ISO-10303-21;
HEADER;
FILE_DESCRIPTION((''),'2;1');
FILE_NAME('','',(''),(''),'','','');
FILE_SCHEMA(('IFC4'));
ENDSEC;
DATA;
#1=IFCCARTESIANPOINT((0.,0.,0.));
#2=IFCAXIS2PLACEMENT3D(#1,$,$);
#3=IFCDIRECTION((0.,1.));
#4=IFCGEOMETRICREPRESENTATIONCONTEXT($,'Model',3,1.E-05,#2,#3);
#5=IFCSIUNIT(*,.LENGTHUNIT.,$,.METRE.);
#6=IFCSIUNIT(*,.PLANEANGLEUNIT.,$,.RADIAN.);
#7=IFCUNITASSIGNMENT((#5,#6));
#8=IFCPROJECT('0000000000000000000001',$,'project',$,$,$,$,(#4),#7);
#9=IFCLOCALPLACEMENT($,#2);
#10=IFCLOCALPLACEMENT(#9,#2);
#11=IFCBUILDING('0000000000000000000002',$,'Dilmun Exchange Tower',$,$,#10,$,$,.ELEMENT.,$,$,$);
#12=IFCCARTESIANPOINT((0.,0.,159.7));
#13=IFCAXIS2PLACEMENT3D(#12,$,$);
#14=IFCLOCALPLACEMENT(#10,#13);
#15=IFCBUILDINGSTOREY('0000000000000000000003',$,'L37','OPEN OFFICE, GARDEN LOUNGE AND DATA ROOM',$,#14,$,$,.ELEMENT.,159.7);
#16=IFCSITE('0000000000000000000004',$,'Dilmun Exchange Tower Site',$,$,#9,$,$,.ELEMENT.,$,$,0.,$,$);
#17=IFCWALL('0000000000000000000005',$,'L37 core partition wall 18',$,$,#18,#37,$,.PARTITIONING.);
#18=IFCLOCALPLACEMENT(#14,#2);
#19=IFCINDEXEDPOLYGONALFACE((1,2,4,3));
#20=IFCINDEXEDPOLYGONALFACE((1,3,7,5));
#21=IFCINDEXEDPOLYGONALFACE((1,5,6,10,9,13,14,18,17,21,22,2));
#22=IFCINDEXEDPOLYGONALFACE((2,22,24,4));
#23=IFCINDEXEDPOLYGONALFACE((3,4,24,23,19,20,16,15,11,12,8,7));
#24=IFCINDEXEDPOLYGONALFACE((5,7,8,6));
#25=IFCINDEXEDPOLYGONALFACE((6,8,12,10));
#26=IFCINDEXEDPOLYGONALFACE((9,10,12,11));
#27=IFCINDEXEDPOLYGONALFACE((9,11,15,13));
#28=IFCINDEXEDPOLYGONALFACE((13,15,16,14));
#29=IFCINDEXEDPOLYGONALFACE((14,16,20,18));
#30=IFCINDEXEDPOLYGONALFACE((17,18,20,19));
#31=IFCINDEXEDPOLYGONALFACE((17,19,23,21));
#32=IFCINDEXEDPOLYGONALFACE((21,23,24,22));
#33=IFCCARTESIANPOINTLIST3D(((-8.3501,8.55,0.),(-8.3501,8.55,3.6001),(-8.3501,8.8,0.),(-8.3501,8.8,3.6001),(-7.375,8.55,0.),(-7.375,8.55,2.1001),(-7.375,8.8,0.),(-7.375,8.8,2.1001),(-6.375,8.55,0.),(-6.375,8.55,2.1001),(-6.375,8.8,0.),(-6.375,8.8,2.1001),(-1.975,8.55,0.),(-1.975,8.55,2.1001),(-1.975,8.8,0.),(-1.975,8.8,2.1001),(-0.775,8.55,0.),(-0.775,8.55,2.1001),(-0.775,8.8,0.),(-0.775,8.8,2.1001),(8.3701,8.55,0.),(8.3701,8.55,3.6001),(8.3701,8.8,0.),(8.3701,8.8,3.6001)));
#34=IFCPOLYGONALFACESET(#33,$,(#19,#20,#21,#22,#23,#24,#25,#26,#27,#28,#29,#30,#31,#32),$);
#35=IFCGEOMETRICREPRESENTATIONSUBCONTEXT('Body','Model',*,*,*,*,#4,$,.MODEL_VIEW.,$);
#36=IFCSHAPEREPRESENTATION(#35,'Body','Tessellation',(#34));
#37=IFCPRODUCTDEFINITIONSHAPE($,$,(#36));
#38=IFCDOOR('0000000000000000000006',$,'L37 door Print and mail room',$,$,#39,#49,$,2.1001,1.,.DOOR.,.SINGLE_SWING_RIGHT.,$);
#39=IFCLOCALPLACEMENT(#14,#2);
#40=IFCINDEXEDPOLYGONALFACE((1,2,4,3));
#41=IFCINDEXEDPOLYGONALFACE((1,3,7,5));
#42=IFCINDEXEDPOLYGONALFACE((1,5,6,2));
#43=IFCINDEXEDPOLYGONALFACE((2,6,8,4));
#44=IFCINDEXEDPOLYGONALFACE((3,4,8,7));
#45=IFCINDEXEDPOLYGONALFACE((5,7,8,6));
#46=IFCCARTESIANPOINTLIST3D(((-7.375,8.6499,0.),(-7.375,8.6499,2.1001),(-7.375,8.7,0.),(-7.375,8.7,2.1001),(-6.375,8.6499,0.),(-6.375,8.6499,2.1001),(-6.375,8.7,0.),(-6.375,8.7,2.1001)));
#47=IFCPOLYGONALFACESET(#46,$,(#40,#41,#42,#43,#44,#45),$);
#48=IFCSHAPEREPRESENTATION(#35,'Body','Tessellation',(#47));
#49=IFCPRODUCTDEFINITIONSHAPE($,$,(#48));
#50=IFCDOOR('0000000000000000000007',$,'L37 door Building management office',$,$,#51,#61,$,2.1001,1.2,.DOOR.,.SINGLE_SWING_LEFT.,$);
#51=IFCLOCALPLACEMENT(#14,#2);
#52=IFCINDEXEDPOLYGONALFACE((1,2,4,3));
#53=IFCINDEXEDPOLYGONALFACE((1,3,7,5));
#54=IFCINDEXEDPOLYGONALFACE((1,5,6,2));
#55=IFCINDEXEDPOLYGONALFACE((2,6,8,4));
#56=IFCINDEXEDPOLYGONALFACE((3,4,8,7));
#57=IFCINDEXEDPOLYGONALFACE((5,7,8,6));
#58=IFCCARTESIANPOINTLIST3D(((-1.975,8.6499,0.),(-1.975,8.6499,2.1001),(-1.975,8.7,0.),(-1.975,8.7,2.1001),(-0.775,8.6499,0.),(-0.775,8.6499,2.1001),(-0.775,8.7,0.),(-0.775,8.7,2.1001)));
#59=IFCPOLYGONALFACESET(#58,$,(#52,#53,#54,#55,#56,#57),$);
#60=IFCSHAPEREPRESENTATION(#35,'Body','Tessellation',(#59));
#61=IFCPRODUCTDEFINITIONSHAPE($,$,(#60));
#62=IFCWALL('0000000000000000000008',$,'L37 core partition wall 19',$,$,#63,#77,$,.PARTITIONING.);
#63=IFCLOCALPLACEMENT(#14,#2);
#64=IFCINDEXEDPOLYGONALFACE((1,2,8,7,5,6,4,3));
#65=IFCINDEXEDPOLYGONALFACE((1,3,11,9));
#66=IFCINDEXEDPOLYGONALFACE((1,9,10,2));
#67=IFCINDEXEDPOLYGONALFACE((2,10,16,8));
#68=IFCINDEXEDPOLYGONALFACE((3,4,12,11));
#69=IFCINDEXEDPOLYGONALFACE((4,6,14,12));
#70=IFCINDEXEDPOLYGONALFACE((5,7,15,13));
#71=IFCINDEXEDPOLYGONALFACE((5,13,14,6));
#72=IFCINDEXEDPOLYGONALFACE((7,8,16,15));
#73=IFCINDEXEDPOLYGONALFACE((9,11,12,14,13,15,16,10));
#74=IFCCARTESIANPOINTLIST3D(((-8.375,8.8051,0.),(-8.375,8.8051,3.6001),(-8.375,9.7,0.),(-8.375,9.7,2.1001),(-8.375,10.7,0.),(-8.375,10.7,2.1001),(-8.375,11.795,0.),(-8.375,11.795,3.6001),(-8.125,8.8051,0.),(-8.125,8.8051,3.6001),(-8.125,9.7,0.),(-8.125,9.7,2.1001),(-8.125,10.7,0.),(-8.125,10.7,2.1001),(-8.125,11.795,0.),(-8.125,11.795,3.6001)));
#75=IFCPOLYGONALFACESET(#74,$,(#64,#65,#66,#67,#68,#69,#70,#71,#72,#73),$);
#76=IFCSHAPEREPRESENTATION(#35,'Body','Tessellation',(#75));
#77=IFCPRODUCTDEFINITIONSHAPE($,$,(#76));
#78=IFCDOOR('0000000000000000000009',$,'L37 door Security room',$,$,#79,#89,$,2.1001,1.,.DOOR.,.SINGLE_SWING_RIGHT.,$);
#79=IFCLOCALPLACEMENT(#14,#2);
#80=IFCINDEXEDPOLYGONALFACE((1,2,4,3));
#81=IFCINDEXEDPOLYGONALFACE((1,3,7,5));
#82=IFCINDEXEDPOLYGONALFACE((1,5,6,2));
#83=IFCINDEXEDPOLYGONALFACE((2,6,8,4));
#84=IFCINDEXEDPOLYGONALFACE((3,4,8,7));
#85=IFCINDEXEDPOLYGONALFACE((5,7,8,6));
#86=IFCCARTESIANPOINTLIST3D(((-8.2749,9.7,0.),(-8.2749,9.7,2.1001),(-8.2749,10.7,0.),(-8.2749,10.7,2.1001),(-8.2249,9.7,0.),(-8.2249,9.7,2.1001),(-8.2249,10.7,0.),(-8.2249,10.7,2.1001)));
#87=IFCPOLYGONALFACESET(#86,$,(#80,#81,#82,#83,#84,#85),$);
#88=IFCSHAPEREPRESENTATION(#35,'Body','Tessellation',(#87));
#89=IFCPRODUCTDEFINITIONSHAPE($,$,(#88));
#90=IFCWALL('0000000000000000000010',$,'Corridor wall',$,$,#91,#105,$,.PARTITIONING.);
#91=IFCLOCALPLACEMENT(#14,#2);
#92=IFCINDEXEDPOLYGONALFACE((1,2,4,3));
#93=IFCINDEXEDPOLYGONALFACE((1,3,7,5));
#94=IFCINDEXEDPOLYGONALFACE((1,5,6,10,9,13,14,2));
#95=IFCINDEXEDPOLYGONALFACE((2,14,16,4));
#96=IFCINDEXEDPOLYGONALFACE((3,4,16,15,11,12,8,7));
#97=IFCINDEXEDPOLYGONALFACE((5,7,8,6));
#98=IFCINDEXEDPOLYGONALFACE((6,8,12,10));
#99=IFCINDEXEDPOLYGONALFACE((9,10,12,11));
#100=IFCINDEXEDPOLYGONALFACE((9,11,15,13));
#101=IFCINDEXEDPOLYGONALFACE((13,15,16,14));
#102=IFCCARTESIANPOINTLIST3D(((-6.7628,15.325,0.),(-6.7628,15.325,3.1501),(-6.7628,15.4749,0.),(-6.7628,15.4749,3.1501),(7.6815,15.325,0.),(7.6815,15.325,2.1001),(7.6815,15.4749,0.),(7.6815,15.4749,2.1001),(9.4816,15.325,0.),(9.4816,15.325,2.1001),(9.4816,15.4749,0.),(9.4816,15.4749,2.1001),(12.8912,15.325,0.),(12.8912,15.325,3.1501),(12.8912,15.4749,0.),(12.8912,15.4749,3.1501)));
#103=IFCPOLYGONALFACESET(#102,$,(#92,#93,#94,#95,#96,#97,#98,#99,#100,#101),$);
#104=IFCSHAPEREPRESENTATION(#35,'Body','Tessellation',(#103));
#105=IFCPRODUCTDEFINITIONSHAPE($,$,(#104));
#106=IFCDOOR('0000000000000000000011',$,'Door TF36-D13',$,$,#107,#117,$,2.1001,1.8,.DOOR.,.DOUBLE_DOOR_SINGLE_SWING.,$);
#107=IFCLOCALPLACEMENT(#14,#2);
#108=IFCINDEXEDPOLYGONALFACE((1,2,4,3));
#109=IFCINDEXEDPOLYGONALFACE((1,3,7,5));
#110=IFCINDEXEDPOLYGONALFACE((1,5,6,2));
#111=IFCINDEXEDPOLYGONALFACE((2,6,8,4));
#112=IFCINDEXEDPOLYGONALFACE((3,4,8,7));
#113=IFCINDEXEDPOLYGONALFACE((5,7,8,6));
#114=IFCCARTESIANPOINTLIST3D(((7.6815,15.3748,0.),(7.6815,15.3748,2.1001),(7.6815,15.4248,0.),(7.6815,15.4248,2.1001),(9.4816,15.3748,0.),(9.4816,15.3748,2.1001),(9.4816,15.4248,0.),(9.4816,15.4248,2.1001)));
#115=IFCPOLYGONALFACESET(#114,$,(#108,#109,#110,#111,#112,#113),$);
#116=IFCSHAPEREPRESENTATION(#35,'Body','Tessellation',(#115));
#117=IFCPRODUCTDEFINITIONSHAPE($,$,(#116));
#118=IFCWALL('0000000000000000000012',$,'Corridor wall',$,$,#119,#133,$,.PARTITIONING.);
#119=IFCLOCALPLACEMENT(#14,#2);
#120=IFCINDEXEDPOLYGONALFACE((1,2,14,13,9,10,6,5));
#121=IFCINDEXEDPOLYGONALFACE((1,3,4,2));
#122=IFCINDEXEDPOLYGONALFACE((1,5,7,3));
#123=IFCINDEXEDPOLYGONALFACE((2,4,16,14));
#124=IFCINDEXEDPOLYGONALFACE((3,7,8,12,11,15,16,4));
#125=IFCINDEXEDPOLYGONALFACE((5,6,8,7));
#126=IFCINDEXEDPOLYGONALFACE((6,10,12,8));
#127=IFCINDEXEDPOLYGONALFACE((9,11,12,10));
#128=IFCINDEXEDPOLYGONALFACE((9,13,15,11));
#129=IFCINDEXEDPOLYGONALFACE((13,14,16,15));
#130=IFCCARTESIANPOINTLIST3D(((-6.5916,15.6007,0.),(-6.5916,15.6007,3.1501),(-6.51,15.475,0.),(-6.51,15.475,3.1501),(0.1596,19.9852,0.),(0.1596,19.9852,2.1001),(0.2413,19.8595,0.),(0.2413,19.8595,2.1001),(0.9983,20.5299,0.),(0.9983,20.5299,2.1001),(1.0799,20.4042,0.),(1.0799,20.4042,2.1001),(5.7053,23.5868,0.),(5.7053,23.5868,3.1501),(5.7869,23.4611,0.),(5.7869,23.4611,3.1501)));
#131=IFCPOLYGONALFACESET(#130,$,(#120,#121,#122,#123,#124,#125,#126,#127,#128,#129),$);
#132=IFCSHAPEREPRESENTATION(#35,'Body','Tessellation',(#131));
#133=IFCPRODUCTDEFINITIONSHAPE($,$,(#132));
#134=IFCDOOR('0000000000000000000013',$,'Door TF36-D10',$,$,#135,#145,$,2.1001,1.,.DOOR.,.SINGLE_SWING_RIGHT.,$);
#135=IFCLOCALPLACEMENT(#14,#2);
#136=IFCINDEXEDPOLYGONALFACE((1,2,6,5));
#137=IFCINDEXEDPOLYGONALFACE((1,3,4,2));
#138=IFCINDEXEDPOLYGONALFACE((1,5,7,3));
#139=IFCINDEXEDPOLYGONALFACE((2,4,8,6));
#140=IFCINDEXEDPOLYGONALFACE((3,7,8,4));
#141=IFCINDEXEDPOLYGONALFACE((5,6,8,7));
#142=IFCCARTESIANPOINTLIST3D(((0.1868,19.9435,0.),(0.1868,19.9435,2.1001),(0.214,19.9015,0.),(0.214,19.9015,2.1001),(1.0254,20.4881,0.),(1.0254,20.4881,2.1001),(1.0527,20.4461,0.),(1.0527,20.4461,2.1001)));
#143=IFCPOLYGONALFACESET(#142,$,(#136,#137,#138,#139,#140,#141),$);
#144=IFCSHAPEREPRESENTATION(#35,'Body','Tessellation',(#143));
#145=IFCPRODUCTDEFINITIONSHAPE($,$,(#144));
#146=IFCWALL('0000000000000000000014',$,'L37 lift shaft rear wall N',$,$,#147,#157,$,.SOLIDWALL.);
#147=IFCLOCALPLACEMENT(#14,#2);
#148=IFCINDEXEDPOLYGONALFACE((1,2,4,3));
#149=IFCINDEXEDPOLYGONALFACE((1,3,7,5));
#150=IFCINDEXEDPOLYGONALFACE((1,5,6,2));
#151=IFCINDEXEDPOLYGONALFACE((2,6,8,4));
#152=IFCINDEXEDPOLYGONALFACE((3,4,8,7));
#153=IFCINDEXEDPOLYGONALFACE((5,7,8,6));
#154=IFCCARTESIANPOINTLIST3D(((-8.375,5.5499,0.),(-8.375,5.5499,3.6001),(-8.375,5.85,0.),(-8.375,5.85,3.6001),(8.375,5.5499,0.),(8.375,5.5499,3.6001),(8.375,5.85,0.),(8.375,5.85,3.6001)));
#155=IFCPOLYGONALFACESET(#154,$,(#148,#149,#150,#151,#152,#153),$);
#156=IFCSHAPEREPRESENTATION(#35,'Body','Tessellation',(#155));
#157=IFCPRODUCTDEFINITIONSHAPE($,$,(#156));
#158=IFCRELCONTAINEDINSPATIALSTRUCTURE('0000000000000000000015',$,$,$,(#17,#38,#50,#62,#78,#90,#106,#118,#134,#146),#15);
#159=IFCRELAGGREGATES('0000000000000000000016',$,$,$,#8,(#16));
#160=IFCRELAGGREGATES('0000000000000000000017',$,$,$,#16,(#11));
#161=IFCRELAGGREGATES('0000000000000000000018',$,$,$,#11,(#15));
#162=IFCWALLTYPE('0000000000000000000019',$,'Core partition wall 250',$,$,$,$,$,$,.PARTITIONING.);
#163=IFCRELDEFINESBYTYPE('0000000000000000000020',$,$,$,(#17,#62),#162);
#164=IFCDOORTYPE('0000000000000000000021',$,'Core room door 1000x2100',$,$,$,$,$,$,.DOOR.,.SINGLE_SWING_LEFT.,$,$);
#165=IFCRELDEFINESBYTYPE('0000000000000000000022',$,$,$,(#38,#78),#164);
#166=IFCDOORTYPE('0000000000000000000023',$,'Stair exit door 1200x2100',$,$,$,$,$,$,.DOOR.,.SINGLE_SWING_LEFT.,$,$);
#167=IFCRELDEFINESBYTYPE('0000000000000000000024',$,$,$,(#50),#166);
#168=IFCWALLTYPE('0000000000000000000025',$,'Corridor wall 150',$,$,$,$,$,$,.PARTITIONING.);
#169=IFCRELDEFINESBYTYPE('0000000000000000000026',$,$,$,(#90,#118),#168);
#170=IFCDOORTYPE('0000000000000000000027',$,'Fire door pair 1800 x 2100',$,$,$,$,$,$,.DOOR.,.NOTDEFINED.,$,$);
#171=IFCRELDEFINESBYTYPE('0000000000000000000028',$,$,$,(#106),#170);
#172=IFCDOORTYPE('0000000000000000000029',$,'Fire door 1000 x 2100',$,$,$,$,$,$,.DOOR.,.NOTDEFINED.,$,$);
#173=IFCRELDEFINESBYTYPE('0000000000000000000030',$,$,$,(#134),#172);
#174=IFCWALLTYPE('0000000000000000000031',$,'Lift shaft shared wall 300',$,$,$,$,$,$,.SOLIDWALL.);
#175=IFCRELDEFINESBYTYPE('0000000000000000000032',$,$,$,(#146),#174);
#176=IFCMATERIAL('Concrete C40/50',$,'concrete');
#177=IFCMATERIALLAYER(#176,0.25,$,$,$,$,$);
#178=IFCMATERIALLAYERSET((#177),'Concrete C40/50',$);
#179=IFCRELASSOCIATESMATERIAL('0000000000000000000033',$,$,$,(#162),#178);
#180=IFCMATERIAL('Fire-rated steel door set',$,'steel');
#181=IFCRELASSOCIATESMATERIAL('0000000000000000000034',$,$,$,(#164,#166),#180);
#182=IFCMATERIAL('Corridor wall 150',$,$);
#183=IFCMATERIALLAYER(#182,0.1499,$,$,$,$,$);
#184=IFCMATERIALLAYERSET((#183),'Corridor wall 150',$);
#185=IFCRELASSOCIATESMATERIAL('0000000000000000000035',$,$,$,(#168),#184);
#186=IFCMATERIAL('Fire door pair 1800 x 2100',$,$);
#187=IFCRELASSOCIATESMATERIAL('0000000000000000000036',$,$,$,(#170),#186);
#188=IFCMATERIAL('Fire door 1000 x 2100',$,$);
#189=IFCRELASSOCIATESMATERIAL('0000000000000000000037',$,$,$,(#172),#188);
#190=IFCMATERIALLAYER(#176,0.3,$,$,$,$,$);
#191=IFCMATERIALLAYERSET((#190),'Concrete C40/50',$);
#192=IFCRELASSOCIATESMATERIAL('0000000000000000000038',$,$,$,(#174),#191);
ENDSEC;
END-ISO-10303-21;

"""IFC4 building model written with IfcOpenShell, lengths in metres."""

from ifc_helpers import new_model, si_unit, direction, frame, frame_2d, origin, place, context, subcontext, project, spatial, rectangle, extrude, material, layer, layer_set, type_object, element, fill, save


model = new_model("IFC4")

# Units and contexts
model_context = context("Model", 3, precision=1e-05, world=origin(), true_north=direction((0.0, 1.0)))
body_context = subcontext(model_context, "Body", "Model", "MODEL_VIEW")
ifc_project = project(units=[si_unit("LENGTHUNIT", "METRE"), si_unit("PLANEANGLEUNIT", "RADIAN")], contexts=[model_context])

# Site, building, storey
site_placement = place(None, origin())
site = spatial("IfcSite", under=ifc_project, at=site_placement, Name="Dilmun Exchange Tower Site", CompositionType="ELEMENT", RefElevation=0.0)
building_placement = place(site_placement, origin())
building = spatial("IfcBuilding", under=site, at=building_placement, Name="Dilmun Exchange Tower", CompositionType="ELEMENT")
storey_placement = place(building_placement, frame((0.0, 0.0, 159.7)))
storey = spatial("IfcBuildingStorey", under=building, at=storey_placement, Name="L37", Description="OPEN OFFICE, GARDEN LOUNGE AND DATA ROOM", CompositionType="ELEMENT", Elevation=159.7)

# Shared definitions
ifc_material_1 = material(Name="Concrete C40/50", Category="concrete")

# Shared definitions
ifc_layer_1 = layer(ifc_material_1, 0.25)
ifc_layer_set_1 = layer_set([ifc_layer_1], Name="Concrete C40/50")
wall_type_1 = type_object("IfcWallType", Name="Core partition wall 250", PredefinedType="PARTITIONING", material=ifc_layer_set_1)

# Wall, openings, doors
wall_1_placement = place(storey_placement, frame((-8.3501, 8.675, 0.0), z_axis=(0.0, 0.0, 1.0), x_axis=(1.0, 0.0, 0.0)))
wall_1 = element("IfcWall", 1, at=wall_1_placement, inside=storey, type_object=wall_type_1, Name="L37 core partition wall 18", PredefinedType="PARTITIONING", context=body_context, shape_type="SweptSolid", body=[
    extrude(rectangle(XDim=16.7202, YDim=0.25, at=frame_2d((8.3601, 0.0))), origin(), (0.0, 0.0, 1.0), 3.6001),
])
opening_1_placement = place(wall_1_placement, frame((0.9751, 0.0, 0.0)))
opening_1 = element("IfcOpeningElement", 2, at=opening_1_placement, cuts=wall_1, PredefinedType="OPENING", context=body_context, shape_type="SweptSolid", body=[
    extrude(rectangle(XDim=1.0, YDim=2.1001, at=frame_2d((0.5, 1.05))), frame((0.0, 0.135, 0.0), z_axis=(0.0, -1.0, 0.0), x_axis=(1.0, 0.0, 0.0)), (0.0, 0.0, 1.0), 0.27),
])
opening_2_placement = place(wall_1_placement, frame((6.375, 0.0, 0.0)))
opening_2 = element("IfcOpeningElement", 3, at=opening_2_placement, cuts=wall_1, PredefinedType="OPENING", context=body_context, shape_type="SweptSolid", body=[
    extrude(rectangle(XDim=1.2, YDim=2.1001, at=frame_2d((0.6001, 1.05))), frame((0.0, 0.135, 0.0), z_axis=(0.0, -1.0, 0.0), x_axis=(1.0, 0.0, 0.0)), (0.0, 0.0, 1.0), 0.27),
])
ifc_material_2 = material(Name="Fire-rated steel door set", Category="steel")
door_type_1 = type_object("IfcDoorType", Name="Core room door 1000x2100", OperationType="SINGLE_SWING_LEFT", PredefinedType="DOOR", material=ifc_material_2)
door_1_placement = place(opening_1_placement, origin())
door_1 = element("IfcDoor", 4, at=door_1_placement, inside=storey, type_object=door_type_1, Name="L37 door Print and mail room", OperationType="SINGLE_SWING_RIGHT", OverallHeight=2.1001, OverallWidth=1.0, PredefinedType="DOOR", context=body_context, shape_type="SweptSolid", body=[
    extrude(rectangle(XDim=1.0, YDim=2.1001, at=frame_2d((0.5, 1.05))), frame((0.0, 0.0249, 0.0), z_axis=(0.0, -1.0, 0.0), x_axis=(1.0, 0.0, 0.0)), (0.0, 0.0, 1.0), 0.05),
])
fill(opening_1, door_1)
door_type_2 = type_object("IfcDoorType", Name="Stair exit door 1200x2100", OperationType="SINGLE_SWING_LEFT", PredefinedType="DOOR", material=ifc_material_2)
door_2_placement = place(opening_2_placement, origin())
door_2 = element("IfcDoor", 5, at=door_2_placement, inside=storey, type_object=door_type_2, Name="L37 door Building management office", OperationType="SINGLE_SWING_LEFT", OverallHeight=2.1001, OverallWidth=1.2, PredefinedType="DOOR", context=body_context, shape_type="SweptSolid", body=[
    extrude(rectangle(XDim=1.2, YDim=2.1001, at=frame_2d((0.6001, 1.05))), frame((0.0, 0.0249, 0.0), z_axis=(0.0, -1.0, 0.0), x_axis=(1.0, 0.0, 0.0)), (0.0, 0.0, 1.0), 0.05),
])
fill(opening_2, door_2)

# Walls, openings, doors
wall_2_placement = place(storey_placement, frame((-8.25, 8.8049, 0.0), z_axis=(0.0, 0.0, 1.0), x_axis=(0.0, 1.0, 0.0)))
wall_2 = element("IfcWall", 6, at=wall_2_placement, inside=storey, type_object=wall_type_1, Name="L37 core partition wall 19", PredefinedType="PARTITIONING", context=body_context, shape_type="SweptSolid", body=[
    extrude(rectangle(XDim=2.99, YDim=0.25, at=frame_2d((1.4951, 0.0))), origin(), (0.0, 0.0, 1.0), 3.6001),
])
opening_3_placement = place(wall_2_placement, frame((0.895, 0.0, 0.0)))
opening_3 = element("IfcOpeningElement", 7, at=opening_3_placement, cuts=wall_2, PredefinedType="OPENING", context=body_context, shape_type="SweptSolid", body=[
    extrude(rectangle(XDim=1.0, YDim=2.1001, at=frame_2d((0.5, 1.05))), frame((0.0, 0.135, 0.0), z_axis=(0.0, -1.0, 0.0), x_axis=(1.0, 0.0, 0.0)), (0.0, 0.0, 1.0), 0.27),
])
door_3_placement = place(opening_3_placement, origin())
door_3 = element("IfcDoor", 8, at=door_3_placement, inside=storey, type_object=door_type_1, Name="L37 door Security room", OperationType="SINGLE_SWING_RIGHT", OverallHeight=2.1001, OverallWidth=1.0, PredefinedType="DOOR", context=body_context, shape_type="SweptSolid", body=[
    extrude(rectangle(XDim=1.0, YDim=2.1001, at=frame_2d((0.5, 1.05))), frame((0.0, 0.0249, 0.0), z_axis=(0.0, -1.0, 0.0), x_axis=(1.0, 0.0, 0.0)), (0.0, 0.0, 1.0), 0.05),
])
fill(opening_3, door_3)
ifc_material_3 = material(Name="Corridor wall 150")
ifc_layer_2 = layer(ifc_material_3, 0.1499)
ifc_layer_set_2 = layer_set([ifc_layer_2], Name="Corridor wall 150")
wall_type_2 = type_object("IfcWallType", Name="Corridor wall 150", PredefinedType="PARTITIONING", material=ifc_layer_set_2)
wall_3_placement = place(storey_placement, frame((-6.7629, 15.3999, 0.0), z_axis=(0.0, 0.0, 1.0), x_axis=(1.0, 0.0, 0.0)))
wall_3 = element("IfcWall", 9, at=wall_3_placement, inside=storey, type_object=wall_type_2, Name="Corridor wall", PredefinedType="PARTITIONING", context=body_context, shape_type="SweptSolid", body=[
    extrude(rectangle(XDim=19.6541, YDim=0.1499, at=frame_2d((9.8271, 0.0))), origin(), (0.0, 0.0, 1.0), 3.1501),
])
opening_4_placement = place(wall_3_placement, frame((14.4446, 0.0, 0.0)))
opening_4 = element("IfcOpeningElement", 10, at=opening_4_placement, cuts=wall_3, PredefinedType="OPENING", context=body_context, shape_type="SweptSolid", body=[
    extrude(rectangle(XDim=1.8, YDim=2.1001, at=frame_2d((0.8999, 1.05))), frame((0.0, 0.085, 0.0), z_axis=(0.0, -1.0, 0.0), x_axis=(1.0, 0.0, 0.0)), (0.0, 0.0, 1.0), 0.1699),
])
ifc_material_4 = material(Name="Fire door pair 1800 x 2100")
door_type_3 = type_object("IfcDoorType", Name="Fire door pair 1800 x 2100", OperationType="NOTDEFINED", PredefinedType="DOOR", material=ifc_material_4)
door_4_placement = place(opening_4_placement, origin())
door_4 = element("IfcDoor", 11, at=door_4_placement, inside=storey, type_object=door_type_3, Name="Door TF36-D13", OperationType="DOUBLE_DOOR_SINGLE_SWING", OverallHeight=2.1001, OverallWidth=1.8, PredefinedType="DOOR", context=body_context, shape_type="SweptSolid", body=[
    extrude(rectangle(XDim=1.8, YDim=2.1001, at=frame_2d((0.8999, 1.05))), frame((0.0, 0.0249, 0.0), z_axis=(0.0, -1.0, 0.0), x_axis=(1.0, 0.0, 0.0)), (0.0, 0.0, 1.0), 0.05),
])
fill(opening_4, door_4)
wall_4_placement = place(storey_placement, frame((-6.5508, 15.5378, 0.0), z_axis=(0.0, 0.0, 1.0), x_axis=(0.838658, 0.544658, 0.0)))
wall_4 = element("IfcWall", 12, at=wall_4_placement, inside=storey, type_object=wall_type_2, Name="Corridor wall", PredefinedType="PARTITIONING", context=body_context, shape_type="SweptSolid", body=[
    extrude(rectangle(XDim=14.6626, YDim=0.1499, at=frame_2d((7.3313, 0.0))), origin(), (0.0, 0.0, 1.0), 3.1501),
])
opening_5_placement = place(wall_4_placement, frame((8.05, 0.0, 0.0)))
opening_5 = element("IfcOpeningElement", 13, at=opening_5_placement, cuts=wall_4, PredefinedType="OPENING", context=body_context, shape_type="SweptSolid", body=[
    extrude(rectangle(XDim=1.0, YDim=2.1001, at=frame_2d((0.5, 1.05))), frame((0.0, 0.085, 0.0), z_axis=(0.0, -1.0, 0.0), x_axis=(1.0, 0.0, 0.0)), (0.0, 0.0, 1.0), 0.1699),
])
ifc_material_5 = material(Name="Fire door 1000 x 2100")
door_type_4 = type_object("IfcDoorType", Name="Fire door 1000 x 2100", OperationType="NOTDEFINED", PredefinedType="DOOR", material=ifc_material_5)
door_5_placement = place(opening_5_placement, frame((1.0, 0.0, 0.0), z_axis=(0.0, 0.0, 1.0), x_axis=(-1.0, 0.0, 0.0)))
door_5 = element("IfcDoor", 14, at=door_5_placement, inside=storey, type_object=door_type_4, Name="Door TF36-D10", OperationType="SINGLE_SWING_RIGHT", OverallHeight=2.1001, OverallWidth=1.0, PredefinedType="DOOR", context=body_context, shape_type="SweptSolid", body=[
    extrude(rectangle(XDim=1.0, YDim=2.1001, at=frame_2d((0.5, 1.05))), frame((0.0, 0.0249, 0.0), z_axis=(0.0, -1.0, 0.0), x_axis=(1.0, 0.0, 0.0)), (0.0, 0.0, 1.0), 0.05),
])
fill(opening_5, door_5)

# Wall
ifc_layer_3 = layer(ifc_material_1, 0.3)
ifc_layer_set_3 = layer_set([ifc_layer_3], Name="Concrete C40/50")
wall_type_3 = type_object("IfcWallType", Name="Lift shaft shared wall 300", PredefinedType="SOLIDWALL", material=ifc_layer_set_3)
wall_5_placement = place(storey_placement, frame((-8.375, 5.7, 0.0), z_axis=(0.0, 0.0, 1.0), x_axis=(1.0, 0.0, 0.0)))
element("IfcWall", 15, at=wall_5_placement, inside=storey, type_object=wall_type_3, Name="L37 lift shaft rear wall N", PredefinedType="SOLIDWALL", context=body_context, shape_type="SweptSolid", body=[
    extrude(rectangle(XDim=16.75, YDim=0.3, at=frame_2d((8.375, 0.0))), origin(), (0.0, 0.0, 1.0), 3.6001),
])

save(model, "model.ifc")
